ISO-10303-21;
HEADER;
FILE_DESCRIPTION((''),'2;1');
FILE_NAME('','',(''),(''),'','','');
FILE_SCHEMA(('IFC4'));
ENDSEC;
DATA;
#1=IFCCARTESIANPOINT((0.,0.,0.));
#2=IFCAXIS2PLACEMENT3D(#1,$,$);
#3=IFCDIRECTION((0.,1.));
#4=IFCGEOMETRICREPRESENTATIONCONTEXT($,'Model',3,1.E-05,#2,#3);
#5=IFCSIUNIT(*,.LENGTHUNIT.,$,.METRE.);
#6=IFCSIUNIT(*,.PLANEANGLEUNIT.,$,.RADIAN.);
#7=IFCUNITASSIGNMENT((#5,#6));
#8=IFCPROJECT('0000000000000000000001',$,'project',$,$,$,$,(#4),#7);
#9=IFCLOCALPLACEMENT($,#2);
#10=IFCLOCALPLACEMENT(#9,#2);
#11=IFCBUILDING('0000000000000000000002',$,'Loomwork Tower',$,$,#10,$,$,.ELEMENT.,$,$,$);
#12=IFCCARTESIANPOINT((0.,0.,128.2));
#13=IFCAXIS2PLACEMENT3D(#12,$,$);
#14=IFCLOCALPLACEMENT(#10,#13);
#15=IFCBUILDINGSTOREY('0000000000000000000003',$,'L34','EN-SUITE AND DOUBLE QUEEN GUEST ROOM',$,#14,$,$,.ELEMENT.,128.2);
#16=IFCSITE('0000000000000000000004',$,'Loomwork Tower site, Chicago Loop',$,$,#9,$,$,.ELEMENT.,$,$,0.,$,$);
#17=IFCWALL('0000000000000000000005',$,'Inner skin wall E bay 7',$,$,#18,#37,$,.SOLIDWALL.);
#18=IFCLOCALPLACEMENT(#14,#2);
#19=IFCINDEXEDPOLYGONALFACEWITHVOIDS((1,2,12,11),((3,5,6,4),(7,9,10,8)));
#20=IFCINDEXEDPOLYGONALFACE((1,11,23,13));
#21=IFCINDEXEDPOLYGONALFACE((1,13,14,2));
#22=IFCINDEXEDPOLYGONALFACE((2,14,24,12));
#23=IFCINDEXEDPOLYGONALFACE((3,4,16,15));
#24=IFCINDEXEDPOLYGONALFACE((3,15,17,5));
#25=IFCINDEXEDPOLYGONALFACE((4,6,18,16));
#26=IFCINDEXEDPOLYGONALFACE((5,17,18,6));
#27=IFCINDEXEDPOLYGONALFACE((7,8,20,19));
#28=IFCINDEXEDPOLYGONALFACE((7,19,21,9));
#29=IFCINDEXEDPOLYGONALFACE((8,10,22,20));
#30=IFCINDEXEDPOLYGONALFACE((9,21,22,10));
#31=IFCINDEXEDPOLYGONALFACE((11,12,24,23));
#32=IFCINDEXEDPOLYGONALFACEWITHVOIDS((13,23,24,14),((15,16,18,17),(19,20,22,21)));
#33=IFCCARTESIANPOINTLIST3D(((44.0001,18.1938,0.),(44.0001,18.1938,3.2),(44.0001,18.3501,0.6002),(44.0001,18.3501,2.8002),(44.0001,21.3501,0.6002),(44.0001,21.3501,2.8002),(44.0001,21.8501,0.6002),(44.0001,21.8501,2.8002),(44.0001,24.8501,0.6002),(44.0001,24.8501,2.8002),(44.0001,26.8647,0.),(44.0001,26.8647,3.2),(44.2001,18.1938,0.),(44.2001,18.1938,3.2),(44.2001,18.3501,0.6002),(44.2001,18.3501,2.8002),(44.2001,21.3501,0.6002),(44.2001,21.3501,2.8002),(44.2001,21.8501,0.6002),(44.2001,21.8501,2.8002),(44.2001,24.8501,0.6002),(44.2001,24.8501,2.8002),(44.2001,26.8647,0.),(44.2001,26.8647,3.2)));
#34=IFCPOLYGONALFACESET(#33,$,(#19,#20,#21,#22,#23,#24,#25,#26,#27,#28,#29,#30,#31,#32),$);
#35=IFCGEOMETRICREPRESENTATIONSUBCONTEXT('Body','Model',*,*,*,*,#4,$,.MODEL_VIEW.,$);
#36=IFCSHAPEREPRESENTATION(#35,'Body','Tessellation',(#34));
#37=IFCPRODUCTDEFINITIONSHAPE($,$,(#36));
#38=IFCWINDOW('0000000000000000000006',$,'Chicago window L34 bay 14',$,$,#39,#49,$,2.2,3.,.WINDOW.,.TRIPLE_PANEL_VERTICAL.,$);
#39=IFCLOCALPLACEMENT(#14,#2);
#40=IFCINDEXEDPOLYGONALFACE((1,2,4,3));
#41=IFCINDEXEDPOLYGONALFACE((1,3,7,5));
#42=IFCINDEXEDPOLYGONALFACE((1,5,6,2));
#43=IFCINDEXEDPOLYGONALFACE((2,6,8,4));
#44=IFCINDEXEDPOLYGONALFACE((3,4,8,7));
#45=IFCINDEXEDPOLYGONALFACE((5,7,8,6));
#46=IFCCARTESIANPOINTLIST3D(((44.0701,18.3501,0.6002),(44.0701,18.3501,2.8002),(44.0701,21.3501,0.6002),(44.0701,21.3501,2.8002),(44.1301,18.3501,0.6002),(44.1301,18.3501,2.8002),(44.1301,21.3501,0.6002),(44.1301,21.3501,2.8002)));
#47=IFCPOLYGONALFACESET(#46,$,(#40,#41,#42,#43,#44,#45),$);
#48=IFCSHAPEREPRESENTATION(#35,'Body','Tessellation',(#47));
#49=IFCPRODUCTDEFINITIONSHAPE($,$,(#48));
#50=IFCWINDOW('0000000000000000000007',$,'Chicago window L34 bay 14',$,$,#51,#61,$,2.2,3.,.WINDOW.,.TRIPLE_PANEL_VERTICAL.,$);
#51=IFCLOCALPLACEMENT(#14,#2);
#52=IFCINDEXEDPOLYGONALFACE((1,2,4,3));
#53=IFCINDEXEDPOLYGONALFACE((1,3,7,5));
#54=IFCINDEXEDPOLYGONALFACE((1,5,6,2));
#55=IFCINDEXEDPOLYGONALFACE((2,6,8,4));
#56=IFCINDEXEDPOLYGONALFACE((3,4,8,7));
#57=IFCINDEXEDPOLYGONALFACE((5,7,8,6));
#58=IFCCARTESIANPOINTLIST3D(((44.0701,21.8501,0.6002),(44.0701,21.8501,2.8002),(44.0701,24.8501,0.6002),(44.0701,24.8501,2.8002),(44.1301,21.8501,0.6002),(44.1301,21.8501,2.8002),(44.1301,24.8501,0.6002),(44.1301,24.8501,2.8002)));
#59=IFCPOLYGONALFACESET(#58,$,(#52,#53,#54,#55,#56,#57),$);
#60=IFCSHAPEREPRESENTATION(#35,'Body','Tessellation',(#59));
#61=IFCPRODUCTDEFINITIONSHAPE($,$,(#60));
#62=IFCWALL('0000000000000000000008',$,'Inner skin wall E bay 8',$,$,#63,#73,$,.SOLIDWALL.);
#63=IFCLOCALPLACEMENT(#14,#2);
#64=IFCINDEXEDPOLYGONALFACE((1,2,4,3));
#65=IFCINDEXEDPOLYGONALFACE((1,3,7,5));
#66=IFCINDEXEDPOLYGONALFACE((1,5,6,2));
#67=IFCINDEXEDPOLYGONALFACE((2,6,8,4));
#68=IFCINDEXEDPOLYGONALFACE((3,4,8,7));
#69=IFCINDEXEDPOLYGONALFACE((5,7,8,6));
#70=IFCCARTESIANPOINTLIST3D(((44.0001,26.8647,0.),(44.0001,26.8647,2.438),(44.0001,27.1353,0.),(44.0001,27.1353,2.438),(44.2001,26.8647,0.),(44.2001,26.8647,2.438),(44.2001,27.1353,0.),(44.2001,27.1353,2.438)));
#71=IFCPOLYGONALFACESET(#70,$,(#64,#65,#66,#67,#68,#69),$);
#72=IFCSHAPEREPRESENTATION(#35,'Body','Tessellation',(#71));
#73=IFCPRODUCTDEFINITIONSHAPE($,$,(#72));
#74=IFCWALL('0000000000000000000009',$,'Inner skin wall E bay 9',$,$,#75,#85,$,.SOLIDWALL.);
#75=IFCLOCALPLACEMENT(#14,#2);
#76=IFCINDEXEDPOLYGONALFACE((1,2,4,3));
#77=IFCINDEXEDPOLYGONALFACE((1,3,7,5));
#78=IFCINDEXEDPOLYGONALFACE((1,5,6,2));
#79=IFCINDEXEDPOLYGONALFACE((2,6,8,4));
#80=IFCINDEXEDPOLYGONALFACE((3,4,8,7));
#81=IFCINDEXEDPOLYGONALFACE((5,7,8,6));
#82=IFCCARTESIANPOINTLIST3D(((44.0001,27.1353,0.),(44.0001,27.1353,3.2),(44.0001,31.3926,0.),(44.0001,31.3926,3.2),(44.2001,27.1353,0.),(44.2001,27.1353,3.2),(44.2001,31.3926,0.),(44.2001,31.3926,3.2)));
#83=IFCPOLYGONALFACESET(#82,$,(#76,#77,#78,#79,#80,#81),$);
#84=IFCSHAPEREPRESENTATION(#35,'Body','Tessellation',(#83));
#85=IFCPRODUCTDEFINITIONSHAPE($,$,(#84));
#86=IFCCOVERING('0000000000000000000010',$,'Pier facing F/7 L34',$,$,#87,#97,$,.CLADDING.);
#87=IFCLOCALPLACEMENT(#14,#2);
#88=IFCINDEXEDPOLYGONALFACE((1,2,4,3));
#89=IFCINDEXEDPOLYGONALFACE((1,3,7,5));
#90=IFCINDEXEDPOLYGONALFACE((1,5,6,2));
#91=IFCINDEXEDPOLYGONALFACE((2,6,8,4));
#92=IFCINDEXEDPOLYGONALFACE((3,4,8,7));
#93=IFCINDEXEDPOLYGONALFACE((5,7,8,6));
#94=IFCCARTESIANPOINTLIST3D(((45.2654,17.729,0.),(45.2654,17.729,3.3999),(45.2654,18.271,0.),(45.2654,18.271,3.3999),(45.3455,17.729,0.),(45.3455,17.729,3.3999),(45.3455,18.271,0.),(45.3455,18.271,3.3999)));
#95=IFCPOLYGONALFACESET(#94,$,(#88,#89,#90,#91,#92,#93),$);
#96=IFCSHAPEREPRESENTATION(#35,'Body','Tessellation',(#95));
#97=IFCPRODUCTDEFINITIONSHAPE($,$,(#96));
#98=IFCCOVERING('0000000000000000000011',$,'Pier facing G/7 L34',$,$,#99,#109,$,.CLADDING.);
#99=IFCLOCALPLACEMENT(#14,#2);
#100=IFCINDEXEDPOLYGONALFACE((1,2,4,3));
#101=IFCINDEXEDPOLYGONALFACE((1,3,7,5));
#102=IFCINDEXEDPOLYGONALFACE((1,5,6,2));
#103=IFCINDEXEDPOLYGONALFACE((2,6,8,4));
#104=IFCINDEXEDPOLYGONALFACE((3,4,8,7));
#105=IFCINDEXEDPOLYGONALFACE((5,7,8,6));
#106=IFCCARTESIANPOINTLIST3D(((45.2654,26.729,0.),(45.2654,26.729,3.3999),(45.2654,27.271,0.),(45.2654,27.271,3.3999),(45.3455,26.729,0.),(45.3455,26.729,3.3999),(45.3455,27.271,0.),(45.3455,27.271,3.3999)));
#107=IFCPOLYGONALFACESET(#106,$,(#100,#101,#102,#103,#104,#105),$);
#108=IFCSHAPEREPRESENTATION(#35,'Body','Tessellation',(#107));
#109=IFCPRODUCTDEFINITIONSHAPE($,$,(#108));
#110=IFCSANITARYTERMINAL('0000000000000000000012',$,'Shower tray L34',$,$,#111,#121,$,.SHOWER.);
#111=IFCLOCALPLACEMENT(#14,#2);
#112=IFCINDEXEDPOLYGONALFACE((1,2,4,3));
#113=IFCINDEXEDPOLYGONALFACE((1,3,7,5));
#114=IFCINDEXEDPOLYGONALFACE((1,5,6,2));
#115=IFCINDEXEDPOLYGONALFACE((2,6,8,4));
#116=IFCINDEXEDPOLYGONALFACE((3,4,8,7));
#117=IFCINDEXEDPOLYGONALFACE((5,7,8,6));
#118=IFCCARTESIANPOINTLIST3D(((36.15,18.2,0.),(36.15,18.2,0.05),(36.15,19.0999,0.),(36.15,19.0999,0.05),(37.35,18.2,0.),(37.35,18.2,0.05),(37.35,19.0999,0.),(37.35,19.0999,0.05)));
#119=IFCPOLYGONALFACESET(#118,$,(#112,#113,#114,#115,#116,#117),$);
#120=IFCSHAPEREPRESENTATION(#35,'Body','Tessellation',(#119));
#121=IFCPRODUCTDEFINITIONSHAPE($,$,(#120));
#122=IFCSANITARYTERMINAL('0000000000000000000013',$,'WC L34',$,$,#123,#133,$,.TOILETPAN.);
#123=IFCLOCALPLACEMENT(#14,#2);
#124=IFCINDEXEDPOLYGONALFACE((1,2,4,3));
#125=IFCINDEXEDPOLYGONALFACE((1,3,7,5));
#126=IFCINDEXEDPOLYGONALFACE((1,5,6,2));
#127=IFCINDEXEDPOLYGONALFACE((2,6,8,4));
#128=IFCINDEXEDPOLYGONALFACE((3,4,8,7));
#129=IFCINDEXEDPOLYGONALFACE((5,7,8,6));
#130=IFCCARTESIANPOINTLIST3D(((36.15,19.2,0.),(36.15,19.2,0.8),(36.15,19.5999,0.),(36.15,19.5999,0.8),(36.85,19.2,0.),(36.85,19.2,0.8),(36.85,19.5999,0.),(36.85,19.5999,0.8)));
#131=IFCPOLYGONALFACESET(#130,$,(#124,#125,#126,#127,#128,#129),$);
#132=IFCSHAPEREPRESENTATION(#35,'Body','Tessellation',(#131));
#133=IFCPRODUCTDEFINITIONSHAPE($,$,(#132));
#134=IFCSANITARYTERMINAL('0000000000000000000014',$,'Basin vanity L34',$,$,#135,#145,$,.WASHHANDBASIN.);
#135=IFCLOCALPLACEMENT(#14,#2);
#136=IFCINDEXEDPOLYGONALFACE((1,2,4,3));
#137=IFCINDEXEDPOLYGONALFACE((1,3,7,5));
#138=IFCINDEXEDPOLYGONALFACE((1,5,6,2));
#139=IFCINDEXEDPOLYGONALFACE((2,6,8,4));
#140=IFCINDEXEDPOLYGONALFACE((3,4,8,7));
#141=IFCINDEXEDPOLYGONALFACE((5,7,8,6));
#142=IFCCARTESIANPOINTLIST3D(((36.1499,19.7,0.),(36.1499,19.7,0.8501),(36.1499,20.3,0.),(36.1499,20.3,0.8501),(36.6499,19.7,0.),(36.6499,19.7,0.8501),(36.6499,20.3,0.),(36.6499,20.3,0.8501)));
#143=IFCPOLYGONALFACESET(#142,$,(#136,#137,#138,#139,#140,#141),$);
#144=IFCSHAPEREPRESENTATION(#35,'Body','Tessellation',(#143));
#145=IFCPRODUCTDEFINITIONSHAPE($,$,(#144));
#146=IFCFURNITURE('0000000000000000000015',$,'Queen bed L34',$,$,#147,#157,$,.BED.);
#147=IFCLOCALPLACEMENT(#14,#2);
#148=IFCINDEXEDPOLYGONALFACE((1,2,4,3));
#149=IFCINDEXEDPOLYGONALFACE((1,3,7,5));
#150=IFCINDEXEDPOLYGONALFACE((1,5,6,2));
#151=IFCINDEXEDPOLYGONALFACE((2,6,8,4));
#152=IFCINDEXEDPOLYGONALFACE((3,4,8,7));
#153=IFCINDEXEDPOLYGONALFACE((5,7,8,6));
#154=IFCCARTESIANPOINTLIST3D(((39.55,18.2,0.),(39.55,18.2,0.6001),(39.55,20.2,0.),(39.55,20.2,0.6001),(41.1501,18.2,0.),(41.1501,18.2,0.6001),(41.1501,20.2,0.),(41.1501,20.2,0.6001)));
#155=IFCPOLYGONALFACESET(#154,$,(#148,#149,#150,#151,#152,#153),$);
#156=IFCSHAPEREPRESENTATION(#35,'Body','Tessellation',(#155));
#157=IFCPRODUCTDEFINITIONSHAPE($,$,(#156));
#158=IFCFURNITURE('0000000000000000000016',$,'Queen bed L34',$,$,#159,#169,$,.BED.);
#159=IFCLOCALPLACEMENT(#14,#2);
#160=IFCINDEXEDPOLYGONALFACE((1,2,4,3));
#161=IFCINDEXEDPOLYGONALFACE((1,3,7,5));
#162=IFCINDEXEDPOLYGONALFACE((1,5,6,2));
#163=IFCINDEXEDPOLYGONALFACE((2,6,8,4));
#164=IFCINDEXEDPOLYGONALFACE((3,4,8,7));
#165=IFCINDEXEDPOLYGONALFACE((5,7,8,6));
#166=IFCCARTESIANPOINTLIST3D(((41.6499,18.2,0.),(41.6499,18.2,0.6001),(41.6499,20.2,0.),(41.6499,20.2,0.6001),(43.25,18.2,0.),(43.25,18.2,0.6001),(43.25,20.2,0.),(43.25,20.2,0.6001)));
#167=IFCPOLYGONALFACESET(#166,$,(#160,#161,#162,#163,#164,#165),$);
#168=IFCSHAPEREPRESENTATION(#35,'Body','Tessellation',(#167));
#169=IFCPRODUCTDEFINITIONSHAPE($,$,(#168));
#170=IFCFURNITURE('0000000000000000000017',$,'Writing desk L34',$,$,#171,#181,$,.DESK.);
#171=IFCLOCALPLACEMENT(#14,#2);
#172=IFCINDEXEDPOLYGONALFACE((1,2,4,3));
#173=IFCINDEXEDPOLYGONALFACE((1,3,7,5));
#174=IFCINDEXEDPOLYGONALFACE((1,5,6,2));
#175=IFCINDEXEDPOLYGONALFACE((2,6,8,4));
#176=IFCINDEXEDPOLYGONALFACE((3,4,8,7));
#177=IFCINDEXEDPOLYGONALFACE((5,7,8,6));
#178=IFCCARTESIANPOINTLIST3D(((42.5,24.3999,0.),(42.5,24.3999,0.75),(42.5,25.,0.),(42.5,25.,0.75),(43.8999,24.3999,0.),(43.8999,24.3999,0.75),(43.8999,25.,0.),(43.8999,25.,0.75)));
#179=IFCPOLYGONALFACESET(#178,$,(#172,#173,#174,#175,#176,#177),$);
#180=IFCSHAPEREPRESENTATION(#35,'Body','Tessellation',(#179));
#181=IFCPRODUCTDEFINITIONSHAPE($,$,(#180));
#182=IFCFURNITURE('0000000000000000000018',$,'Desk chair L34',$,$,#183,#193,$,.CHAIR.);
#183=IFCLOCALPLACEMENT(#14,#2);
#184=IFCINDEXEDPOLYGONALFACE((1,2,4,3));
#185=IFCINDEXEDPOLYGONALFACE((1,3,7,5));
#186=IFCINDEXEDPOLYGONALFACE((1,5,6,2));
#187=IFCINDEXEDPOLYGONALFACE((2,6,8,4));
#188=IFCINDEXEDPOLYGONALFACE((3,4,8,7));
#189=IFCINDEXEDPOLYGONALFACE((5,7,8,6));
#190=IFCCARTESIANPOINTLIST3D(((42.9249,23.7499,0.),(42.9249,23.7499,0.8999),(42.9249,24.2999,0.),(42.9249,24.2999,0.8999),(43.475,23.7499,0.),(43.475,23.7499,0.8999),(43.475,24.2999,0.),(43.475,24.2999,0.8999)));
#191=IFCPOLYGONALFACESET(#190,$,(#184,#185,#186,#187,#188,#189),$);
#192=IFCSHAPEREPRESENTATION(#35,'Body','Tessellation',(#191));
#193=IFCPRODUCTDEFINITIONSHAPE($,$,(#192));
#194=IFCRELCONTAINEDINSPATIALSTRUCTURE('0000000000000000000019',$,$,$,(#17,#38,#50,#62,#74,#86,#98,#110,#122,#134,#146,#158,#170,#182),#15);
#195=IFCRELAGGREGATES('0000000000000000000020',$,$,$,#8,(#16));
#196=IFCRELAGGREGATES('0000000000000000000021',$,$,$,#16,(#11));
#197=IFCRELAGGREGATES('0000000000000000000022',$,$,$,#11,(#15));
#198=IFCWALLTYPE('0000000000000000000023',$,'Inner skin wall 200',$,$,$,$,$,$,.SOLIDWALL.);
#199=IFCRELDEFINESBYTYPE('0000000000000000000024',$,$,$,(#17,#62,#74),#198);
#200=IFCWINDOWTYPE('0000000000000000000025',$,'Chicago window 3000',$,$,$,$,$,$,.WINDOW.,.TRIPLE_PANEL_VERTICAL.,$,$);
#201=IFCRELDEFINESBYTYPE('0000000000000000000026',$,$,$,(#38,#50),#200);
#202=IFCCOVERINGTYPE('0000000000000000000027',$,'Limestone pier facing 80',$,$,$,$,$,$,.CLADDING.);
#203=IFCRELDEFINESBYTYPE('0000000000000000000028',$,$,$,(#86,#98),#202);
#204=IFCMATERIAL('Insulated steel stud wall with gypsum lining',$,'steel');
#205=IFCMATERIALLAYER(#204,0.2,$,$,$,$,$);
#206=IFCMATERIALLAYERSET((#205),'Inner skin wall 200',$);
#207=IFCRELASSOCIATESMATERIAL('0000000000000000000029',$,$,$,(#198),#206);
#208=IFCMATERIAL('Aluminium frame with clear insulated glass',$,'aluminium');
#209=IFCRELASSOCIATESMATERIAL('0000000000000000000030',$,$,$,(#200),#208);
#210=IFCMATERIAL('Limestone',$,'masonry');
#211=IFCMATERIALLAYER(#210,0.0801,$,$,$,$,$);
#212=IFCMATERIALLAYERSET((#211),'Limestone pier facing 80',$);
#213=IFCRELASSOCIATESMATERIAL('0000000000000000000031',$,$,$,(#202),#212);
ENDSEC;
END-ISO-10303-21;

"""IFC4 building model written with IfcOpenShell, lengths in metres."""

from ifc_helpers import new_model, si_unit, direction, frame, frame_2d, origin, origin_2d, place, context, subcontext, project, spatial, rectangle, extrude, material, layer, layer_set, type_object, element, fill, save


model = new_model("IFC4")

# Units and contexts
model_context = context("Model", 3, precision=1e-05, world=origin(), true_north=direction((0.0, 1.0)))
body_context = subcontext(model_context, "Body", "Model", "MODEL_VIEW")
ifc_project = project(units=[si_unit("LENGTHUNIT", "METRE"), si_unit("PLANEANGLEUNIT", "RADIAN")], contexts=[model_context])

# Site, building, storey
site_placement = place(None, origin())
site = spatial("IfcSite", under=ifc_project, at=site_placement, Name="Loomwork Tower site, Chicago Loop", CompositionType="ELEMENT", RefElevation=0.0)
building_placement = place(site_placement, origin())
building = spatial("IfcBuilding", under=site, at=building_placement, Name="Loomwork Tower", CompositionType="ELEMENT")
storey_placement = place(building_placement, frame((0.0, 0.0, 128.2)))
storey = spatial("IfcBuildingStorey", under=building, at=storey_placement, Name="L34", Description="EN-SUITE AND DOUBLE QUEEN GUEST ROOM", CompositionType="ELEMENT", Elevation=128.2)

# Shared definitions
ifc_material_1 = material(Name="Insulated steel stud wall with gypsum lining", Category="steel")
ifc_layer_1 = layer(ifc_material_1, 0.2)
ifc_layer_set_1 = layer_set([ifc_layer_1], Name="Inner skin wall 200")
wall_type_1 = type_object("IfcWallType", Name="Inner skin wall 200", PredefinedType="SOLIDWALL", material=ifc_layer_set_1)

# Wall, openings, windows
wall_1_placement = place(storey_placement, frame((44.1001, 18.1938, 0.0), z_axis=(0.0, 0.0, 1.0), x_axis=(0.0, 1.0, 0.0)))
wall_1 = element("IfcWall", 1, at=wall_1_placement, inside=storey, type_object=wall_type_1, Name="Inner skin wall E bay 7", PredefinedType="SOLIDWALL", context=body_context, shape_type="SweptSolid", body=[
    extrude(rectangle(XDim=8.6709, YDim=0.2, at=frame_2d((4.3354, 0.0))), origin(), (0.0, 0.0, 1.0), 3.2),
])
opening_1_placement = place(wall_1_placement, frame((0.1562, 0.0, 0.6001)))
opening_1 = element("IfcOpeningElement", 2, at=opening_1_placement, cuts=wall_1, PredefinedType="OPENING", context=body_context, shape_type="SweptSolid", body=[
    extrude(rectangle(XDim=3.0, YDim=2.2, at=frame_2d((1.5, 1.1001))), frame((0.0, 0.1099, 0.0), z_axis=(0.0, -1.0, 0.0), x_axis=(1.0, 0.0, 0.0)), (0.0, 0.0, 1.0), 0.22),
])
opening_2_placement = place(wall_1_placement, frame((3.6562, 0.0, 0.6001)))
opening_2 = element("IfcOpeningElement", 3, at=opening_2_placement, cuts=wall_1, PredefinedType="OPENING", context=body_context, shape_type="SweptSolid", body=[
    extrude(rectangle(XDim=3.0, YDim=2.2, at=frame_2d((1.5, 1.1001))), frame((0.0, 0.1099, 0.0), z_axis=(0.0, -1.0, 0.0), x_axis=(1.0, 0.0, 0.0)), (0.0, 0.0, 1.0), 0.22),
])
ifc_material_2 = material(Name="Aluminium frame with clear insulated glass", Category="aluminium")
window_type = type_object("IfcWindowType", Name="Chicago window 3000", PartitioningType="TRIPLE_PANEL_VERTICAL", PredefinedType="WINDOW", material=ifc_material_2)
window_1_placement = place(opening_1_placement, origin())
window_1 = element("IfcWindow", 4, at=window_1_placement, inside=storey, type_object=window_type, Name="Chicago window L34 bay 14", OverallHeight=2.2, OverallWidth=3.0, PartitioningType="TRIPLE_PANEL_VERTICAL", PredefinedType="WINDOW", context=body_context, shape_type="SweptSolid", body=[
    extrude(rectangle(XDim=3.0, YDim=2.2, at=frame_2d((1.5, 1.1001))), frame((0.0, 0.03, 0.0), z_axis=(0.0, -1.0, 0.0), x_axis=(1.0, 0.0, 0.0)), (0.0, 0.0, 1.0), 0.0601),
])
fill(opening_1, window_1)
window_2_placement = place(opening_2_placement, origin())
window_2 = element("IfcWindow", 5, at=window_2_placement, inside=storey, type_object=window_type, Name="Chicago window L34 bay 14", OverallHeight=2.2, OverallWidth=3.0, PartitioningType="TRIPLE_PANEL_VERTICAL", PredefinedType="WINDOW", context=body_context, shape_type="SweptSolid", body=[
    extrude(rectangle(XDim=3.0, YDim=2.2, at=frame_2d((1.5, 1.1001))), frame((0.0, 0.03, 0.0), z_axis=(0.0, -1.0, 0.0), x_axis=(1.0, 0.0, 0.0)), (0.0, 0.0, 1.0), 0.0601),
])
fill(opening_2, window_2)

# Walls
wall_2_placement = place(storey_placement, frame((44.1001, 26.8647, 0.0), z_axis=(0.0, 0.0, 1.0), x_axis=(0.0, 1.0, 0.0)))
element("IfcWall", 6, at=wall_2_placement, inside=storey, type_object=wall_type_1, Name="Inner skin wall E bay 8", PredefinedType="SOLIDWALL", context=body_context, shape_type="SweptSolid", body=[
    extrude(rectangle(XDim=0.2705, YDim=0.2, at=frame_2d((0.1353, 0.0))), origin(), (0.0, 0.0, 1.0), 2.438),
])
wall_3_placement = place(storey_placement, frame((44.1001, 27.1353, 0.0), z_axis=(0.0, 0.0, 1.0), x_axis=(0.0, 1.0, 0.0)))
element("IfcWall", 7, at=wall_3_placement, inside=storey, type_object=wall_type_1, Name="Inner skin wall E bay 9", PredefinedType="SOLIDWALL", context=body_context, shape_type="SweptSolid", body=[
    extrude(rectangle(XDim=4.2573, YDim=0.2, at=frame_2d((2.1287, 0.0))), origin(), (0.0, 0.0, 1.0), 3.2),
])

# Coverings
ifc_material_3 = material(Name="Limestone", Category="masonry")
ifc_layer_2 = layer(ifc_material_3, 0.0801)
ifc_layer_set_2 = layer_set([ifc_layer_2], Name="Limestone pier facing 80")
covering_type = type_object("IfcCoveringType", Name="Limestone pier facing 80", PredefinedType="CLADDING", material=ifc_layer_set_2)
for number, where, z_axis, x_axis, name in (
    (8, (45.3054, 18.0, 0.0), (0.0, 0.0, 1.0), (1.0, 0.0, 0.0), "Pier facing F/7 L34"),
    (9, (45.3054, 27.0, 0.0), (0.0, 0.0, 1.0), (1.0, 0.0, 0.0), "Pier facing G/7 L34"),
):
    element("IfcCovering", number, at=place(storey_placement, frame(where, z_axis=z_axis, x_axis=x_axis)), inside=storey, type_object=covering_type, Name=name, PredefinedType="CLADDING", context=body_context, shape_type="SweptSolid", body=[
        extrude(rectangle(XDim=0.0801, YDim=0.542, at=origin_2d()), origin(), (0.0, 0.0, 1.0), 3.3999),
    ])

# Sanitary terminals
sanitary_terminal_1_placement = place(storey_placement, frame((36.75, 18.6499, 0.0), z_axis=(0.0, 0.0, 1.0), x_axis=(1.0, 0.0, 0.0)))
element("IfcSanitaryTerminal", 10, at=sanitary_terminal_1_placement, inside=storey, Name="Shower tray L34", PredefinedType="SHOWER", context=body_context, shape_type="SweptSolid", body=[
    extrude(rectangle(XDim=1.2, YDim=0.8999, at=origin_2d()), origin(), (0.0, 0.0, 1.0), 0.05),
])
sanitary_terminal_2_placement = place(storey_placement, frame((36.5, 19.3999, 0.0), z_axis=(0.0, 0.0, 1.0), x_axis=(1.0, 0.0, 0.0)))
element("IfcSanitaryTerminal", 11, at=sanitary_terminal_2_placement, inside=storey, Name="WC L34", PredefinedType="TOILETPAN", context=body_context, shape_type="SweptSolid", body=[
    extrude(rectangle(XDim=0.7, YDim=0.3999, at=origin_2d()), origin(), (0.0, 0.0, 1.0), 0.8),
])
sanitary_terminal_3_placement = place(storey_placement, frame((36.3999, 20.0, 0.0), z_axis=(0.0, 0.0, 1.0), x_axis=(1.0, 0.0, 0.0)))
element("IfcSanitaryTerminal", 12, at=sanitary_terminal_3_placement, inside=storey, Name="Basin vanity L34", PredefinedType="WASHHANDBASIN", context=body_context, shape_type="SweptSolid", body=[
    extrude(rectangle(XDim=0.5, YDim=0.6001, at=origin_2d()), origin(), (0.0, 0.0, 1.0), 0.8501),
])

# Furniture
for number, where, z_axis, x_axis, name in (
    (13, (40.3501, 19.2, 0.0), (0.0, 0.0, 1.0), (1.0, 0.0, 0.0), "Queen bed L34"),
    (14, (42.45, 19.2, 0.0), (0.0, 0.0, 1.0), (1.0, 0.0, 0.0), "Queen bed L34"),
):
    element("IfcFurniture", number, at=place(storey_placement, frame(where, z_axis=z_axis, x_axis=x_axis)), inside=storey, Name=name, PredefinedType="BED", context=body_context, shape_type="SweptSolid", body=[
        extrude(rectangle(XDim=1.6001, YDim=2.0, at=origin_2d()), origin(), (0.0, 0.0, 1.0), 0.6001),
    ])
furniture_1_placement = place(storey_placement, frame((43.2, 24.7, 0.0), z_axis=(0.0, 0.0, 1.0), x_axis=(1.0, 0.0, 0.0)))
element("IfcFurniture", 15, at=furniture_1_placement, inside=storey, Name="Writing desk L34", PredefinedType="DESK", context=body_context, shape_type="SweptSolid", body=[
    extrude(rectangle(XDim=1.3999, YDim=0.6001, at=origin_2d()), origin(), (0.0, 0.0, 1.0), 0.75),
])
furniture_2_placement = place(storey_placement, frame((43.2, 24.0249, 0.0), z_axis=(0.0, 0.0, 1.0), x_axis=(1.0, 0.0, 0.0)))
element("IfcFurniture", 16, at=furniture_2_placement, inside=storey, Name="Desk chair L34", PredefinedType="CHAIR", context=body_context, shape_type="SweptSolid", body=[
    extrude(rectangle(XDim=0.55, YDim=0.55, at=origin_2d()), origin(), (0.0, 0.0, 1.0), 0.8999),
])

save(model, "model.ifc")
